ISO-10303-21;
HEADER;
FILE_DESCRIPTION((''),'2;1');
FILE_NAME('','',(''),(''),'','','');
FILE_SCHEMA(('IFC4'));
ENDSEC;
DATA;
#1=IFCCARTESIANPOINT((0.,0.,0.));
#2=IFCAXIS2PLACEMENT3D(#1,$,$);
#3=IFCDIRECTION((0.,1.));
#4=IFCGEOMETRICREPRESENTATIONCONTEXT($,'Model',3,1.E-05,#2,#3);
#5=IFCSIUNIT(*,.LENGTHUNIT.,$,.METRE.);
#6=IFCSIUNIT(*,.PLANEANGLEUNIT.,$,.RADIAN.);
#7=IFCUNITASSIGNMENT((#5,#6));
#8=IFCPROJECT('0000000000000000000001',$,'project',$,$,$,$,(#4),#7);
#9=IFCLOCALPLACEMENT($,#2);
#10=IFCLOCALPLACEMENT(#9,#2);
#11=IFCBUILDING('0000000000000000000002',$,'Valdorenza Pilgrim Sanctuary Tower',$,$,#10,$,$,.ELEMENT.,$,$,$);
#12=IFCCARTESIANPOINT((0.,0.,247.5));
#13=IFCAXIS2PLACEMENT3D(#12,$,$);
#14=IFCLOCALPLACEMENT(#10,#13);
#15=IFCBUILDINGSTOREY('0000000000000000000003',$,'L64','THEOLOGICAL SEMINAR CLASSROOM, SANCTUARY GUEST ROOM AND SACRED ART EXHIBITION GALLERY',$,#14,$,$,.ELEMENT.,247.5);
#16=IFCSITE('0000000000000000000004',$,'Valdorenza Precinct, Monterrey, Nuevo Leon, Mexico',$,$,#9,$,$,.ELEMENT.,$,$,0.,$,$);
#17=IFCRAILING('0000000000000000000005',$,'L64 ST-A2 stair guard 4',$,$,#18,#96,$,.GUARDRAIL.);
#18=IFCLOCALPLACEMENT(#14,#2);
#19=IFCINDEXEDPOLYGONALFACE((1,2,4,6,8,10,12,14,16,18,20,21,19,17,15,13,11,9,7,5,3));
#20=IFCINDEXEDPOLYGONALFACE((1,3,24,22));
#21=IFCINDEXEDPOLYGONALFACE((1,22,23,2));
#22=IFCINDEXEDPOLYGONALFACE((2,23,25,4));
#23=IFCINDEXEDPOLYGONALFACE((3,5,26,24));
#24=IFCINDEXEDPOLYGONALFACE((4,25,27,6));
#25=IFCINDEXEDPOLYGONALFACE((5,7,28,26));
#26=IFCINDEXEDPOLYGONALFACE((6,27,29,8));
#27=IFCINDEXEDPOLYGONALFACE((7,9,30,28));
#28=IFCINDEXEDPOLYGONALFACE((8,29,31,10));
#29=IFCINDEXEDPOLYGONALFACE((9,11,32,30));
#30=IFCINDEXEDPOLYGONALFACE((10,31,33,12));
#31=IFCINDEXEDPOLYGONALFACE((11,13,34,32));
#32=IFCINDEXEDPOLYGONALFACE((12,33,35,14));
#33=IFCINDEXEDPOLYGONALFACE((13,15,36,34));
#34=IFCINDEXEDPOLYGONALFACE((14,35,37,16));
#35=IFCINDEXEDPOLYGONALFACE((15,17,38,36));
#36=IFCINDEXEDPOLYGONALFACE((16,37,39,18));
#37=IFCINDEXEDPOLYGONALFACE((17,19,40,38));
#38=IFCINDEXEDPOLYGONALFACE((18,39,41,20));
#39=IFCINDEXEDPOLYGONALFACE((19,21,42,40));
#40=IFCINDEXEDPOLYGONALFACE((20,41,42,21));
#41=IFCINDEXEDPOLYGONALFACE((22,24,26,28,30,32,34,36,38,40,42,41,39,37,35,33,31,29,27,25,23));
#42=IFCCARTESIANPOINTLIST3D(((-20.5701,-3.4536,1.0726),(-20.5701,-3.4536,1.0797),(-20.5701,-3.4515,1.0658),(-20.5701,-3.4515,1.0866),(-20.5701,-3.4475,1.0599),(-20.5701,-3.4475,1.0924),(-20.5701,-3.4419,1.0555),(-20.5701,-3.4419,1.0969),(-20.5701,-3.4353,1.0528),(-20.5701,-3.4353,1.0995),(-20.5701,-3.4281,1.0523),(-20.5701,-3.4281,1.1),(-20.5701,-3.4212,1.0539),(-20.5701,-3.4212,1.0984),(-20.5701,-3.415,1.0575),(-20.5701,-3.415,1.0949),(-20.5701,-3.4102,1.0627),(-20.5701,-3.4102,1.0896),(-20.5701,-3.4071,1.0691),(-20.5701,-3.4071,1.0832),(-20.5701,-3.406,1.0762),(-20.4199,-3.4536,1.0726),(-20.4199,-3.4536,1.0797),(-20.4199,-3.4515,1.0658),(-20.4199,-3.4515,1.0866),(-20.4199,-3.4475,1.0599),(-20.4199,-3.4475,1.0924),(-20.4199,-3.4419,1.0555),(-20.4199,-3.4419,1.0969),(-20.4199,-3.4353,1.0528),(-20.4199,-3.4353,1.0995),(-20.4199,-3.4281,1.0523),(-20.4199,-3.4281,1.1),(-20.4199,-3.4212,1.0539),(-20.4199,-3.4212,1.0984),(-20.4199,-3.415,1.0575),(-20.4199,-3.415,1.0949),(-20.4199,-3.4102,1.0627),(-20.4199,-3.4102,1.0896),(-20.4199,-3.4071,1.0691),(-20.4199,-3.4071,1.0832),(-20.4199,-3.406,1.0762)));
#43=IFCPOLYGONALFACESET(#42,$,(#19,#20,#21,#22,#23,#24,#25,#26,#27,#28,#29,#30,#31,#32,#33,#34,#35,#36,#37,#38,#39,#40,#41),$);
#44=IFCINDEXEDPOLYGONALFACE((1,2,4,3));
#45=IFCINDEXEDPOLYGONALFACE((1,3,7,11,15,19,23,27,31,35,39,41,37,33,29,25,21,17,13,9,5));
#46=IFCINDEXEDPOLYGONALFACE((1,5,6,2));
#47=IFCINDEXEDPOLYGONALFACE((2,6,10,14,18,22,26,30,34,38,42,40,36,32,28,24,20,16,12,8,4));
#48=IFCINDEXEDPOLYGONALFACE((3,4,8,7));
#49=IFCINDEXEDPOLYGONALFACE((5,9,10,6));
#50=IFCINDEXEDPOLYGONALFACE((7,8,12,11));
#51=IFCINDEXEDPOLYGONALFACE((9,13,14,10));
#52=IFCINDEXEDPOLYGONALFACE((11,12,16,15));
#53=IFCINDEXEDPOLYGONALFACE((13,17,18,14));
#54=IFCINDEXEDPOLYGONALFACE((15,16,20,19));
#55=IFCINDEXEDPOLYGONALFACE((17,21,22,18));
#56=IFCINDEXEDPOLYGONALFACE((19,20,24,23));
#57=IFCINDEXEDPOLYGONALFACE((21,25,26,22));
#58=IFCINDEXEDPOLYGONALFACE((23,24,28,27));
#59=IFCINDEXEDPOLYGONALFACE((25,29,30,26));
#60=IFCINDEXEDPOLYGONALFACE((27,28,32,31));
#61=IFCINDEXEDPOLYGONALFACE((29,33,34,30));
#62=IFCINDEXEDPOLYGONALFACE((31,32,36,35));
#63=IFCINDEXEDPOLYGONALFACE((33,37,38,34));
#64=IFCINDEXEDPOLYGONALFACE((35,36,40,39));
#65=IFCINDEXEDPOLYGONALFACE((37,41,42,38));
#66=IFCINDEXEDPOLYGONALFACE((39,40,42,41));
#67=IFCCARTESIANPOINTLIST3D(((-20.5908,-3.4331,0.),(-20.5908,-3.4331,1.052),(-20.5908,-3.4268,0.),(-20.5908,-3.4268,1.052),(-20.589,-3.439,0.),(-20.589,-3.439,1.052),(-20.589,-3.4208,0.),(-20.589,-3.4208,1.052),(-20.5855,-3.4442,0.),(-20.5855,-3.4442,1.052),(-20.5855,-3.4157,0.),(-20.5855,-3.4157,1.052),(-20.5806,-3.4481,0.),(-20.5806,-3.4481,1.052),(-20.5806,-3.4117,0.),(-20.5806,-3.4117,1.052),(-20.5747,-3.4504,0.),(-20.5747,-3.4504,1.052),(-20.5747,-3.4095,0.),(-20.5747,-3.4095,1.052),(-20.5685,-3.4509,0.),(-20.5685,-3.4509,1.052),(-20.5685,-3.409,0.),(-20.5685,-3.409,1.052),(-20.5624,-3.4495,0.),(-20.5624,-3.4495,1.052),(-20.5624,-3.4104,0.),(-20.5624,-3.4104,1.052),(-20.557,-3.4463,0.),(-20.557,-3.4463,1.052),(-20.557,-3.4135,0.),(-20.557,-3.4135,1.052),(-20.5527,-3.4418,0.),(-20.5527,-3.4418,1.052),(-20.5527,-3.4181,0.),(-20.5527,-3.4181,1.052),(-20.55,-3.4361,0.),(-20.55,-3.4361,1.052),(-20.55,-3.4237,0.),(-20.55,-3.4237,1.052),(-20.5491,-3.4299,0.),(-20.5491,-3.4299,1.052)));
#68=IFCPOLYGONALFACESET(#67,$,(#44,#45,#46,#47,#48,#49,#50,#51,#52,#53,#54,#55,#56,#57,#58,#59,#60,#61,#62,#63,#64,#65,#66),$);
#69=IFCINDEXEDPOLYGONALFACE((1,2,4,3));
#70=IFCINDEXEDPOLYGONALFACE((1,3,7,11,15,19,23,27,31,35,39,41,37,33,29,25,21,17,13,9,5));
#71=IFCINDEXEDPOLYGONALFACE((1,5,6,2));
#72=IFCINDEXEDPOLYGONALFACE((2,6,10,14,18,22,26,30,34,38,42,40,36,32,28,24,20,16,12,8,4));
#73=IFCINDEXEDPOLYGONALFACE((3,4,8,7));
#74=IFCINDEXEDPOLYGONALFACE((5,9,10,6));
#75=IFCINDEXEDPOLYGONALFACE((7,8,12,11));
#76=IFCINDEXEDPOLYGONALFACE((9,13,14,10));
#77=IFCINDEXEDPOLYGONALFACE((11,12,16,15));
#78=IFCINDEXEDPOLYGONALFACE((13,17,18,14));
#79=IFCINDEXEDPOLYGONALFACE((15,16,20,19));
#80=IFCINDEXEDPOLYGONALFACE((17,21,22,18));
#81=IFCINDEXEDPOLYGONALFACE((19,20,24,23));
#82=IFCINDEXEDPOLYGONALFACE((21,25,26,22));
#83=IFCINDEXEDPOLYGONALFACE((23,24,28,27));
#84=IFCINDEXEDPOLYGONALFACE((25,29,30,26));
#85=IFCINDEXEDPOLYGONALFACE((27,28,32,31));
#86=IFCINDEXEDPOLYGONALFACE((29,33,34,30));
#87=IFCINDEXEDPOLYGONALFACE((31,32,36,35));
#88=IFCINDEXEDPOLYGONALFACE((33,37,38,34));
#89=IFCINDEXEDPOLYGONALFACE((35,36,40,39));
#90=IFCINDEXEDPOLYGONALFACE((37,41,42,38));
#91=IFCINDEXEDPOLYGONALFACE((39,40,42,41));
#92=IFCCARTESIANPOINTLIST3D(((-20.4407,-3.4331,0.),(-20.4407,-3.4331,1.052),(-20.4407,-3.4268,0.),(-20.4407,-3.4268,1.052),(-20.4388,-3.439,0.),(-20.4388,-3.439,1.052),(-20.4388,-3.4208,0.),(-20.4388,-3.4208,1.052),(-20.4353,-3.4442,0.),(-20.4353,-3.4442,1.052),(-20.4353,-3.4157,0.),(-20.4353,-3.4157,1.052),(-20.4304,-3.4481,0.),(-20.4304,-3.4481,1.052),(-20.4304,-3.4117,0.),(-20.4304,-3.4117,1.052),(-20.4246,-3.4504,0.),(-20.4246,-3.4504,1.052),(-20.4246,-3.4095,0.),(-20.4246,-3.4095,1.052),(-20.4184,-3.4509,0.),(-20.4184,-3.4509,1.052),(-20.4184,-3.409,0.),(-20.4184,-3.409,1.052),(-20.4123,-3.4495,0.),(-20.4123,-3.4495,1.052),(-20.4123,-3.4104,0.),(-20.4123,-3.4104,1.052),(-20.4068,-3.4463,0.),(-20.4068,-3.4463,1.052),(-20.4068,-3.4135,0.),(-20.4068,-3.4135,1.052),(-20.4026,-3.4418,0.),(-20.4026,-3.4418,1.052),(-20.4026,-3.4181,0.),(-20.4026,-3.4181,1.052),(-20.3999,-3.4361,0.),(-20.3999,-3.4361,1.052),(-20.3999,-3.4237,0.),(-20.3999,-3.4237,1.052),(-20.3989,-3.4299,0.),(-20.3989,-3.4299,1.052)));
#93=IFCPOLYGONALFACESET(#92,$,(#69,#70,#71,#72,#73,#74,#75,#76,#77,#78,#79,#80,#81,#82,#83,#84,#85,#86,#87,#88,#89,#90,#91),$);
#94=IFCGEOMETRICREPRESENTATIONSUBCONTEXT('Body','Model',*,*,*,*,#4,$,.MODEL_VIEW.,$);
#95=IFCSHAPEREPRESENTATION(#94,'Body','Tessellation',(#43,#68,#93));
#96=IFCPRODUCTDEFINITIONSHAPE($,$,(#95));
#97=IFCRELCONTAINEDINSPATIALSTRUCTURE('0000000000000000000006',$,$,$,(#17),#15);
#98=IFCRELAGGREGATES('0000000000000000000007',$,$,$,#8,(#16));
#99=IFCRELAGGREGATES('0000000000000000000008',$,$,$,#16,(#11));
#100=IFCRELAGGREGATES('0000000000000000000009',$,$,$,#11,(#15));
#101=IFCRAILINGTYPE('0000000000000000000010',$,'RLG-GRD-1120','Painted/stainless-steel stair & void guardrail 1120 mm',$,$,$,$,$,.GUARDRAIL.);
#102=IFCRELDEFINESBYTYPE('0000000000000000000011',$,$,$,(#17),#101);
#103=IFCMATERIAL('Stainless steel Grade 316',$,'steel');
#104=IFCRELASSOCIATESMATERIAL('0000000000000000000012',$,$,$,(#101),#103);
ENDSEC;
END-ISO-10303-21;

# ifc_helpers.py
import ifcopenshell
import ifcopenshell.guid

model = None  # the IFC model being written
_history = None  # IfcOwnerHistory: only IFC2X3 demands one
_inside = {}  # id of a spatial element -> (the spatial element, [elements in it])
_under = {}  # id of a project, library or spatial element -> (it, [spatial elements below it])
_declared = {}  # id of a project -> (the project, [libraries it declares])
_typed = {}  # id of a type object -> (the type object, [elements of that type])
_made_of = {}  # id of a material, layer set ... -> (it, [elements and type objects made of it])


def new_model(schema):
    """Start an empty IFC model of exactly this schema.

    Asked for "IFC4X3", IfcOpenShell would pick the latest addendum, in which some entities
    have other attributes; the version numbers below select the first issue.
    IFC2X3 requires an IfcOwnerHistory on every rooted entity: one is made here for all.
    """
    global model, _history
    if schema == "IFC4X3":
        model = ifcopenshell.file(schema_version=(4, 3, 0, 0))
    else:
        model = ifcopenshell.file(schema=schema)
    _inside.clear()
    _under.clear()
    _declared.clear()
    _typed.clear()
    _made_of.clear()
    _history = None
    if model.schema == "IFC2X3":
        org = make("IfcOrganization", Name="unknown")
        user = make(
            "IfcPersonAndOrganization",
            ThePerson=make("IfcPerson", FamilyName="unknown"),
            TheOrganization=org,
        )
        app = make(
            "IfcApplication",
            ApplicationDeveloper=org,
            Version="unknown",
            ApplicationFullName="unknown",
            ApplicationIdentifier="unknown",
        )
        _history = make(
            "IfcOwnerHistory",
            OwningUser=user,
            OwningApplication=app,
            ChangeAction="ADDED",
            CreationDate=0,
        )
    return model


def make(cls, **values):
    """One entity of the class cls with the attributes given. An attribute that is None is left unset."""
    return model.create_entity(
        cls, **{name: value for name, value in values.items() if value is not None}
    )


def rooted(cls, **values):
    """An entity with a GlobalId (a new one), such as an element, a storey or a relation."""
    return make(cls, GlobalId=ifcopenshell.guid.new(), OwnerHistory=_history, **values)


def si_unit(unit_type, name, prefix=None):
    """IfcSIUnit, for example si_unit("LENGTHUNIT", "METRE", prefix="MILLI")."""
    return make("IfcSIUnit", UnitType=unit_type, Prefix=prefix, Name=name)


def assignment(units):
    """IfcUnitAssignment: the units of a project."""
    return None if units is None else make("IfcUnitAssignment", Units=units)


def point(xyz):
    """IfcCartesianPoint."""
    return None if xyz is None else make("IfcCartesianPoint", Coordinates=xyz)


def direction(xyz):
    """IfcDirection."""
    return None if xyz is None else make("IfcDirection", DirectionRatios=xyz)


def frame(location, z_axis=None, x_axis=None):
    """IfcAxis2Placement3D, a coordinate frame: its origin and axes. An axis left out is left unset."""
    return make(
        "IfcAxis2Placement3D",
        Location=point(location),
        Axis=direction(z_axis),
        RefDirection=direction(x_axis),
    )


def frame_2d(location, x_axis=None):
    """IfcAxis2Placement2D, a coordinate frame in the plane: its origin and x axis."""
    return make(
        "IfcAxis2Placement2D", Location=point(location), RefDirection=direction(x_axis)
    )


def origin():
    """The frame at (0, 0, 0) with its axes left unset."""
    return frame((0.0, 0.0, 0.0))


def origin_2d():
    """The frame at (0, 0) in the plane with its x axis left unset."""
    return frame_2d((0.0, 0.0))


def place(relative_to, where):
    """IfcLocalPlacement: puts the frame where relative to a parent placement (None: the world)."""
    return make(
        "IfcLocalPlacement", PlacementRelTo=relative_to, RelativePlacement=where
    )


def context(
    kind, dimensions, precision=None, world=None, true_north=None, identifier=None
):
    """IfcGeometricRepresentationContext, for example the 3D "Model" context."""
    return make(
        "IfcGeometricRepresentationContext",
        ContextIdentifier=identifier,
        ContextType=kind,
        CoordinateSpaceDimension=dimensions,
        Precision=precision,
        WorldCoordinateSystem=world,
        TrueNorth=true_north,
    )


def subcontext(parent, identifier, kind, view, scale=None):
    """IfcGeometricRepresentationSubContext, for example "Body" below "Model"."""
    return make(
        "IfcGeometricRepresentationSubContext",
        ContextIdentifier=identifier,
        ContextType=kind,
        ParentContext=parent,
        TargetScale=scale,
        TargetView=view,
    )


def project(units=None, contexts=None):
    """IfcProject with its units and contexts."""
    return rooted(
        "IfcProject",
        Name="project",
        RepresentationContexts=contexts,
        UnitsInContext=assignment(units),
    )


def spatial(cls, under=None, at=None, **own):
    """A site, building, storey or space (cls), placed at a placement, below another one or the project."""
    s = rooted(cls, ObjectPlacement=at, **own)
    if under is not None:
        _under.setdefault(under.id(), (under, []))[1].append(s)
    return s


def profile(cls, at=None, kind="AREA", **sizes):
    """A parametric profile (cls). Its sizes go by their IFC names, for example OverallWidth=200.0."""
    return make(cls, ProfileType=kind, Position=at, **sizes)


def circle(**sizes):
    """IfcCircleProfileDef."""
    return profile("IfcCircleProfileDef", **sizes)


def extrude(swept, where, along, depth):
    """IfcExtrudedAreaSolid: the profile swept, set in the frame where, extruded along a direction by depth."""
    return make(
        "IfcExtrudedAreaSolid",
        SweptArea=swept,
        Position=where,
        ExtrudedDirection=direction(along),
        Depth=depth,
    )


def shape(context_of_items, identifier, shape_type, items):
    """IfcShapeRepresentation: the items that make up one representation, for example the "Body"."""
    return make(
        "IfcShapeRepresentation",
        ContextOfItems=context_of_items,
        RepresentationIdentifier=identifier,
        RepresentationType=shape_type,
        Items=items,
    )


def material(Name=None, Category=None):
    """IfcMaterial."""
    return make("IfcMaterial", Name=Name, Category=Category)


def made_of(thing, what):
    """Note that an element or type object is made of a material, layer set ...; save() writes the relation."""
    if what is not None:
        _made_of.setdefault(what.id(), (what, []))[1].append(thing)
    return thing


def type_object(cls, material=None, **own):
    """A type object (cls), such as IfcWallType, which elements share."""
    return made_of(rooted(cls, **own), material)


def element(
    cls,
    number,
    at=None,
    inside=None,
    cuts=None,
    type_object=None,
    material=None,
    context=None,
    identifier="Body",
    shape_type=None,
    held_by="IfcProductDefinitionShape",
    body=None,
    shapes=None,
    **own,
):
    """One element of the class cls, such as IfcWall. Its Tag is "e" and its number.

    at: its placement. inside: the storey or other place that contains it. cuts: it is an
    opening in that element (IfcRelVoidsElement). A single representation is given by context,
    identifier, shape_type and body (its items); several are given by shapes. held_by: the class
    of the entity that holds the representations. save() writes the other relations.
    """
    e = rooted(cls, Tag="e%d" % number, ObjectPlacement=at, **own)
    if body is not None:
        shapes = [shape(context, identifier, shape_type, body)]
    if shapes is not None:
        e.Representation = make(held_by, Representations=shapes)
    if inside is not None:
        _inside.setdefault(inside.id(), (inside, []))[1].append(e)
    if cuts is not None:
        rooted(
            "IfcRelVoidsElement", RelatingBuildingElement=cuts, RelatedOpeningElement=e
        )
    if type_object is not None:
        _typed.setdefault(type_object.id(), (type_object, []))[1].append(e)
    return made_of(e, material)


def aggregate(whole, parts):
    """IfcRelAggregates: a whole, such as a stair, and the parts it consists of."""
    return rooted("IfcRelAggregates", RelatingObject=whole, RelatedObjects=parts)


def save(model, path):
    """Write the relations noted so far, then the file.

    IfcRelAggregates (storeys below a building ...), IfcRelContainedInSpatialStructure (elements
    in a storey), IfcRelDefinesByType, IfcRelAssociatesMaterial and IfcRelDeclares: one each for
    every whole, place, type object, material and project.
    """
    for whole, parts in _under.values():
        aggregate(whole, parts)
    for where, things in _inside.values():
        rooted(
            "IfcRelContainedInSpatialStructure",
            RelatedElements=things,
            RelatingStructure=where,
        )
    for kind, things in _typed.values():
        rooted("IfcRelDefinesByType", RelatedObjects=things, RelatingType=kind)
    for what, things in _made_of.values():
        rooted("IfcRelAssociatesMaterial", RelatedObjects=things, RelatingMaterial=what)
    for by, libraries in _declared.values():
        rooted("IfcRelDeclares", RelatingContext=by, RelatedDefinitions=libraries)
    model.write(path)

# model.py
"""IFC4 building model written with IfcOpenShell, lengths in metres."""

from ifc_helpers import new_model, si_unit, direction, frame, origin, origin_2d, place, context, subcontext, project, spatial, circle, extrude, material, type_object, element, save


model = new_model("IFC4")

# Units and contexts
model_context = context("Model", 3, precision=1e-05, world=origin(), true_north=direction((0.0, 1.0)))
body_context = subcontext(model_context, "Body", "Model", "MODEL_VIEW")
ifc_project = project(units=[si_unit("LENGTHUNIT", "METRE"), si_unit("PLANEANGLEUNIT", "RADIAN")], contexts=[model_context])

# Site, building, storey
site_placement = place(None, origin())
site = spatial("IfcSite", under=ifc_project, at=site_placement, Name="Valdorenza Precinct, Monterrey, Nuevo Leon, Mexico", CompositionType="ELEMENT", RefElevation=0.0)
building_placement = place(site_placement, origin())
building = spatial("IfcBuilding", under=site, at=building_placement, Name="Valdorenza Pilgrim Sanctuary Tower", CompositionType="ELEMENT")
storey_placement = place(building_placement, frame((0.0, 0.0, 247.5)))
storey = spatial("IfcBuildingStorey", under=building, at=storey_placement, Name="L64", Description="THEOLOGICAL SEMINAR CLASSROOM, SANCTUARY GUEST ROOM AND SACRED ART EXHIBITION GALLERY", CompositionType="ELEMENT", Elevation=247.5)

# Railing
ifc_material_1 = material(Name="Stainless steel Grade 316", Category="steel")
railing_type_1 = type_object("IfcRailingType", Name="RLG-GRD-1120", Description="Painted/stainless-steel stair & void guardrail 1120 mm", PredefinedType="GUARDRAIL", material=ifc_material_1)
railing_1_placement = place(storey_placement, frame((-20.5701, -3.4299, 0.0)))
element("IfcRailing", 1, at=railing_1_placement, inside=storey, type_object=railing_type_1, Name="L64 ST-A2 stair guard 4", PredefinedType="GUARDRAIL", context=body_context, shape_type="SweptSolid", body=[
    extrude(circle(Radius=0.0239, at=origin_2d()), frame((0.0, 0.0, 1.0762), z_axis=(1.0, 0.0, 0.0), x_axis=(0.0, 1.0, 0.0)), (0.0, 0.0, 1.0), 0.1501),
    extrude(circle(Radius=0.021, at=origin_2d()), origin(), (0.0, 0.0, 1.0), 1.052),
    extrude(circle(Radius=0.021, at=origin_2d()), frame((0.1501, 0.0, 0.0)), (0.0, 0.0, 1.0), 1.052),
])

save(model, "model.ifc")
